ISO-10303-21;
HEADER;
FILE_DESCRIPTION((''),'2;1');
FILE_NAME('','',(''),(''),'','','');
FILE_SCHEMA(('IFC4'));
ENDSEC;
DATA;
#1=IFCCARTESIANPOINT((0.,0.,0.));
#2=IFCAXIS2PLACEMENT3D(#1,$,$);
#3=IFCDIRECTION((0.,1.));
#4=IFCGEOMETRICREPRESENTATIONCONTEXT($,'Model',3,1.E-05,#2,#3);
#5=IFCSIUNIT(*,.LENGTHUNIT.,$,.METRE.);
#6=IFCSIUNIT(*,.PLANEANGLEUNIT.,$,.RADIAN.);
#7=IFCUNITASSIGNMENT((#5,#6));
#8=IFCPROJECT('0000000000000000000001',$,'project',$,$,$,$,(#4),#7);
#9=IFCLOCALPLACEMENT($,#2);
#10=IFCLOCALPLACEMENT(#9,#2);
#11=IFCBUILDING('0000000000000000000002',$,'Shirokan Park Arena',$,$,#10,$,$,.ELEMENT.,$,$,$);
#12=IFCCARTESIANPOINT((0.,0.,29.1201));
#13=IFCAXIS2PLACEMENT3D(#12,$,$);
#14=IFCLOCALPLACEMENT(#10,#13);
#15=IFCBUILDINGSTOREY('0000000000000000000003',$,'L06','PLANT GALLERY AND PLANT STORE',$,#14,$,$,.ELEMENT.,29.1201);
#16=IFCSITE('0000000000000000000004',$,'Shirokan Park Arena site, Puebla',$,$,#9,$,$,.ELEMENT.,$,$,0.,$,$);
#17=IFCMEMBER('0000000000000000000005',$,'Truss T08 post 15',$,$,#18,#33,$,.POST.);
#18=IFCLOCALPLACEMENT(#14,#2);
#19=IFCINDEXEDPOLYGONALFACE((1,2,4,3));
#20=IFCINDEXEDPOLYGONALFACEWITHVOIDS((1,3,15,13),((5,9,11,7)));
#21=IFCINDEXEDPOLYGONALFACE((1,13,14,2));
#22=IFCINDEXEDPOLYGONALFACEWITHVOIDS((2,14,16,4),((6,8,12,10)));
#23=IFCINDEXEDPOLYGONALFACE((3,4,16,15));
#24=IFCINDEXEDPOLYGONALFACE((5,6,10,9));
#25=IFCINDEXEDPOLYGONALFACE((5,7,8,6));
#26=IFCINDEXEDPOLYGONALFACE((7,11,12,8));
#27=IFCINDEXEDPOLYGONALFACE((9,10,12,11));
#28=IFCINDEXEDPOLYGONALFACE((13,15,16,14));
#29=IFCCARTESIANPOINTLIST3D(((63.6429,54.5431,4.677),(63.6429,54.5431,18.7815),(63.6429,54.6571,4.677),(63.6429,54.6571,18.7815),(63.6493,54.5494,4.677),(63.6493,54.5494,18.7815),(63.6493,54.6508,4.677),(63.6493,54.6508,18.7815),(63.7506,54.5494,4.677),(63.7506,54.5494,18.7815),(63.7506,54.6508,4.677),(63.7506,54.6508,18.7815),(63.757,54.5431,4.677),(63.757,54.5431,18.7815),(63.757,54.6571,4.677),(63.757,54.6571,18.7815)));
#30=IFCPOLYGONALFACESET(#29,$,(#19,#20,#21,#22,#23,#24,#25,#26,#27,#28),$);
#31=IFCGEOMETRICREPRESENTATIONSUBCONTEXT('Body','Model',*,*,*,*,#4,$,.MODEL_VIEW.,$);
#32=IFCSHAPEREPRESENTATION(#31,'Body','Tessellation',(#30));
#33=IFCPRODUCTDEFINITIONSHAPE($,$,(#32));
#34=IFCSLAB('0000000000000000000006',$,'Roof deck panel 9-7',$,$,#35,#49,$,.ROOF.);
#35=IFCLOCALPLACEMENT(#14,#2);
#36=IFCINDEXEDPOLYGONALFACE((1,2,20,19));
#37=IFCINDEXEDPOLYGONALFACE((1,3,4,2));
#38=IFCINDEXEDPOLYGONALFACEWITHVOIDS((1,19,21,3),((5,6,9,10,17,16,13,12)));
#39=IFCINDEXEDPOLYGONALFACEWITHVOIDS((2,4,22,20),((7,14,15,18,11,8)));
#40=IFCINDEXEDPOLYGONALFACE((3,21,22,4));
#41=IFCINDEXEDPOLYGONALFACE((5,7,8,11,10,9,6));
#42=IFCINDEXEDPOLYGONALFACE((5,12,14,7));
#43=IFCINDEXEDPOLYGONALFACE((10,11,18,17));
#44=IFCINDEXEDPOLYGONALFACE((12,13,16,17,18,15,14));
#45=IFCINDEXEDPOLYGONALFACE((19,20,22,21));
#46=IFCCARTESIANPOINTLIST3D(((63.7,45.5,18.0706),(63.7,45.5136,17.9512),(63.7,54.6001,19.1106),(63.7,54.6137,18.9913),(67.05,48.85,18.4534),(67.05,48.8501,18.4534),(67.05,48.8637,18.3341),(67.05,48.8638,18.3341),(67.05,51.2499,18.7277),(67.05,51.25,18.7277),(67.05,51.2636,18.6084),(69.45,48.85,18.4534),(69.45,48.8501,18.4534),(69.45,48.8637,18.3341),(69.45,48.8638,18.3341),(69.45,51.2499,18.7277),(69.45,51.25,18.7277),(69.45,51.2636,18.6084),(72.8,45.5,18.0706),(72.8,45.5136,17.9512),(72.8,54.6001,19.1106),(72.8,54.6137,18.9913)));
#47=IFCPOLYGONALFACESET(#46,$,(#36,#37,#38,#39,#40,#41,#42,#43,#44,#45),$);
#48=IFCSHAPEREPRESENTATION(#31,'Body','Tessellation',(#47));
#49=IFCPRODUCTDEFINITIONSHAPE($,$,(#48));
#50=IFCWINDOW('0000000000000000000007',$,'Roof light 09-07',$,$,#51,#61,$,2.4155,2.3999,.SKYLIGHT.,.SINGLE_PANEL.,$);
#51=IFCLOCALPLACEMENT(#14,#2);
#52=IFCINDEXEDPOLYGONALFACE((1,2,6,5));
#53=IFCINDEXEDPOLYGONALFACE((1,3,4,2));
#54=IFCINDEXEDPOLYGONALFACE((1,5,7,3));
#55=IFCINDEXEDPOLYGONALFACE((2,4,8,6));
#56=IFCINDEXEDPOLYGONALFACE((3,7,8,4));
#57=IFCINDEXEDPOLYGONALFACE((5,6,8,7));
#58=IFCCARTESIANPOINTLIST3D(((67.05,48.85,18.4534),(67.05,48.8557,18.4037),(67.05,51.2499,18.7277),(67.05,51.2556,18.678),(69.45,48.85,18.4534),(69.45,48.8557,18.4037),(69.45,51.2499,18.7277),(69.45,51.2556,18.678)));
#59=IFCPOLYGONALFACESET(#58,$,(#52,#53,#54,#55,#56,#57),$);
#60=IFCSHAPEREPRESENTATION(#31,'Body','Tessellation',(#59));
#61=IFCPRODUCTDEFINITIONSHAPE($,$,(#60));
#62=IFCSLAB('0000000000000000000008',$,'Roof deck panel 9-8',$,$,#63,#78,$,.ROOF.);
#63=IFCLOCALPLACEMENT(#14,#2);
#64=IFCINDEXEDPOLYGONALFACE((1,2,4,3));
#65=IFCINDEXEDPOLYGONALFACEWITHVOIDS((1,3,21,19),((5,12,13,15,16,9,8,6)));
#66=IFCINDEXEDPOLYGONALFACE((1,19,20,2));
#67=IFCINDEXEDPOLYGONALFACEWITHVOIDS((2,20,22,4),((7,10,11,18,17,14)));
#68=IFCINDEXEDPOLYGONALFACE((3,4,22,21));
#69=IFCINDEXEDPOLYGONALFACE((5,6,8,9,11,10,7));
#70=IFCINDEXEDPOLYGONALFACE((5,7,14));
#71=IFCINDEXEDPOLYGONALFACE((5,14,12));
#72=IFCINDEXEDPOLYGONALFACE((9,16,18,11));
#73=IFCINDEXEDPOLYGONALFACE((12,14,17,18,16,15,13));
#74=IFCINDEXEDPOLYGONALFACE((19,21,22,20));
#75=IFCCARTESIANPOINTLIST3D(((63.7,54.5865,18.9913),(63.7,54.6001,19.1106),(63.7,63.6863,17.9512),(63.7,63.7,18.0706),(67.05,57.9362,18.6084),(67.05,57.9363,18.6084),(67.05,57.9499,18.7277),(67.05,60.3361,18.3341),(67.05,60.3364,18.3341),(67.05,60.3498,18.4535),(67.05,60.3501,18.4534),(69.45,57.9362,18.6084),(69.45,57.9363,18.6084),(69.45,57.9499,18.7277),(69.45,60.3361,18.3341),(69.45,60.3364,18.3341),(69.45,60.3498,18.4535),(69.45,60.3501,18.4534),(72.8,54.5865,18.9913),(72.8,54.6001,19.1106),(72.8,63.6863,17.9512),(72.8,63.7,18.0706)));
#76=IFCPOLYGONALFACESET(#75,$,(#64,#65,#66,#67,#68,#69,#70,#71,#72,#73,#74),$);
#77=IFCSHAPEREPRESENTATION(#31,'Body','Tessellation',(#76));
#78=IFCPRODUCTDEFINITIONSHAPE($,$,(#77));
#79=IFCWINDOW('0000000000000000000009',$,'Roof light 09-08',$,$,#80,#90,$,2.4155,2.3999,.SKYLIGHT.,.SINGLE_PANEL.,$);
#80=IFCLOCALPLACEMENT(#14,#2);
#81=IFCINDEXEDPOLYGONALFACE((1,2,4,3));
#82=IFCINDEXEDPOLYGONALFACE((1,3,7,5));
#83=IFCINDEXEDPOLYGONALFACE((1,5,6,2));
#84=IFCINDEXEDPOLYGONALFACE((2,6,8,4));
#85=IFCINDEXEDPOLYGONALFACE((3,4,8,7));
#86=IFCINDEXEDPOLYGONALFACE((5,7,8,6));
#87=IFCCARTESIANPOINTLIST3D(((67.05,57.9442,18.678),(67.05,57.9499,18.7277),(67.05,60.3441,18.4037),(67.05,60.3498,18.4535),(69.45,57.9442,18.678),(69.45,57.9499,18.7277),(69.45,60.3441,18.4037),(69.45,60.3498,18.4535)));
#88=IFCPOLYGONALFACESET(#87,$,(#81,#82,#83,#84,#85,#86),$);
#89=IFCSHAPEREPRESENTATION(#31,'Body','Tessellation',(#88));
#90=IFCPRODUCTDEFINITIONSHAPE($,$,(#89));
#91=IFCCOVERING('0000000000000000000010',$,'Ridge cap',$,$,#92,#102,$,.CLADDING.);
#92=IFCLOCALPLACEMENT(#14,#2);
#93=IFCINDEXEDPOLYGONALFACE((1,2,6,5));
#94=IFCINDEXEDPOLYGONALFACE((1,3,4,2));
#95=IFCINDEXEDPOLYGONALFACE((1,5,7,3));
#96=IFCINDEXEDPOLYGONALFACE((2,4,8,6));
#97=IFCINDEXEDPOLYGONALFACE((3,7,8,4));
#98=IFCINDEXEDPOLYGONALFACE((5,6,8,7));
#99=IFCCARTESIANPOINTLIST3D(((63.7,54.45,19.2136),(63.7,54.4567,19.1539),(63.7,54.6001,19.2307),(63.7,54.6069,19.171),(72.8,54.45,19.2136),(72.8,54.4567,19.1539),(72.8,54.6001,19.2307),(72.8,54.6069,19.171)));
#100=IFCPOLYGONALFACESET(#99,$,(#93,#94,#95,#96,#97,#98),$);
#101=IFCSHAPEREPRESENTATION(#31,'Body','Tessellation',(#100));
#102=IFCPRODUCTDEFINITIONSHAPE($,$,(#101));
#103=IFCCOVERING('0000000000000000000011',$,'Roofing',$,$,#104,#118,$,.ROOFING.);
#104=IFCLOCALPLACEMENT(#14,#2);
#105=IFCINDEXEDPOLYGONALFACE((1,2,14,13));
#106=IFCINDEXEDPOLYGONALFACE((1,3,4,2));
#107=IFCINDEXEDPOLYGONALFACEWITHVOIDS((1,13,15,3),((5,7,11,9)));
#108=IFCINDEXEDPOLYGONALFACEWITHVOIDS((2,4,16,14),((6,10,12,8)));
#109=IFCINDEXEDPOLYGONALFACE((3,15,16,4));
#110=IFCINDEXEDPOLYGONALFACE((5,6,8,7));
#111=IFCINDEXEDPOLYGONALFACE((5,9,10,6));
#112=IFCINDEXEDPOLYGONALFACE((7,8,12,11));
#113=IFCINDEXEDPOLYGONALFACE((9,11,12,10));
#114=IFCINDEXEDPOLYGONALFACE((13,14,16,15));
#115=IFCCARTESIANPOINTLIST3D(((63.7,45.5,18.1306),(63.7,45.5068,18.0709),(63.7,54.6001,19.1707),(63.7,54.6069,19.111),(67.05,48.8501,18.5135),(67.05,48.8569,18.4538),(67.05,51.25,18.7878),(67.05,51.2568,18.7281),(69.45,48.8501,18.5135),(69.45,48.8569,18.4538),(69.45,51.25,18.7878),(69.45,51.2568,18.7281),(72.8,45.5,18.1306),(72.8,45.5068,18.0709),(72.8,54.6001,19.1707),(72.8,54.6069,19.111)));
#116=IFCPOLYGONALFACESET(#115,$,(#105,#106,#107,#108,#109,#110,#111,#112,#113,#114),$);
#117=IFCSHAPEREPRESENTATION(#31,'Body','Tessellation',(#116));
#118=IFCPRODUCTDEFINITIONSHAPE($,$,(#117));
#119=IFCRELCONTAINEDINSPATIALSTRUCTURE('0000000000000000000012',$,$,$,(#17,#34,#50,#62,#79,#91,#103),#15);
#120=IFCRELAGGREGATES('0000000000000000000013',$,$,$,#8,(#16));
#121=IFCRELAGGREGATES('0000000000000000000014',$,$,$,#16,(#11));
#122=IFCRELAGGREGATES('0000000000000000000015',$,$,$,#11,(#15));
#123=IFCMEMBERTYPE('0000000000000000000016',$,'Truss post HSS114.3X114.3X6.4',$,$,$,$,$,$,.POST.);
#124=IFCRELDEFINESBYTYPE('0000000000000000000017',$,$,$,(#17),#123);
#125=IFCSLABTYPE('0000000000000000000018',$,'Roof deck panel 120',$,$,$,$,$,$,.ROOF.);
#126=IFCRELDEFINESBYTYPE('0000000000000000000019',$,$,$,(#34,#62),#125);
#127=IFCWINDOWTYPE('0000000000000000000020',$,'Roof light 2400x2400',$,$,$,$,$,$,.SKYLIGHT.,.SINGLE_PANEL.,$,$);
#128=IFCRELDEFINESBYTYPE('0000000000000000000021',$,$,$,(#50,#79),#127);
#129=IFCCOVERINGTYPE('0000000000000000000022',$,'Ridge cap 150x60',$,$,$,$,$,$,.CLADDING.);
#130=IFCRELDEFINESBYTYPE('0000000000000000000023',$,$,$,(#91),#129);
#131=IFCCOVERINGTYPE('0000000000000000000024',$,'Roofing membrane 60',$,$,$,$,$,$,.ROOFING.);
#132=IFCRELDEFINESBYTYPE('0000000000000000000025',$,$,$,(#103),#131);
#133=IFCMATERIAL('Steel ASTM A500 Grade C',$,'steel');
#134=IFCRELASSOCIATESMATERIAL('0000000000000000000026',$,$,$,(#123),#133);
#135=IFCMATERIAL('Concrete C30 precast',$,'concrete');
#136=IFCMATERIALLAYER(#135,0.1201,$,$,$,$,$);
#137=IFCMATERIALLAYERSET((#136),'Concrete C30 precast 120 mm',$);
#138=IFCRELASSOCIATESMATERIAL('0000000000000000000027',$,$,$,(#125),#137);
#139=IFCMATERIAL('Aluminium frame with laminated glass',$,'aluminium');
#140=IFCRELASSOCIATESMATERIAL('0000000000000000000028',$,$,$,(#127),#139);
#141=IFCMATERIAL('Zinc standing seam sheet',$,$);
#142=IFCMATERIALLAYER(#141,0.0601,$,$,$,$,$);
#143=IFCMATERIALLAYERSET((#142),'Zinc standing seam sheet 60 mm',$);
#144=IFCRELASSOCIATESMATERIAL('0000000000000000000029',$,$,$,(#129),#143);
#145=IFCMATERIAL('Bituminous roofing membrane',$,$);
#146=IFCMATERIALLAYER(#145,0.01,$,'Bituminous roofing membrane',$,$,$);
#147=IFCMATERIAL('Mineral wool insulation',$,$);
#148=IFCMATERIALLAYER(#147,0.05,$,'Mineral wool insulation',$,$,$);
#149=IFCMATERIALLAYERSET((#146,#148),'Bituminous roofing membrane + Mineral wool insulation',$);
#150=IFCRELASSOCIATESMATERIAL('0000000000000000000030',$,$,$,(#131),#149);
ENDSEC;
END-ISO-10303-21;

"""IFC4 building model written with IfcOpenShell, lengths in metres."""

from ifc_helpers import new_model, si_unit, direction, frame, origin, origin_2d, place, context, subcontext, project, spatial, polyline, rectangle, hollow_rectangle, outline, extrude, material, layer, layer_set, material_profile, profile_set, type_object, element, fill, save


model = new_model("IFC4")

# Units and contexts
model_context = context("Model", 3, precision=1e-05, world=origin(), true_north=direction((0.0, 1.0)))
body_context = subcontext(model_context, "Body", "Model", "MODEL_VIEW")
ifc_project = project(units=[si_unit("LENGTHUNIT", "METRE"), si_unit("PLANEANGLEUNIT", "RADIAN")], contexts=[model_context])

# Site, building, storey
site_placement = place(None, origin())
site = spatial("IfcSite", under=ifc_project, at=site_placement, Name="Shirokan Park Arena site, Puebla", CompositionType="ELEMENT", RefElevation=0.0)
building_placement = place(site_placement, origin())
building = spatial("IfcBuilding", under=site, at=building_placement, Name="Shirokan Park Arena", CompositionType="ELEMENT")
storey_placement = place(building_placement, frame((0.0, 0.0, 29.1201)))
storey = spatial("IfcBuildingStorey", under=building, at=storey_placement, Name="L06", Description="PLANT GALLERY AND PLANT STORE", CompositionType="ELEMENT", Elevation=29.1201)

# Member
ifc_material_1 = material(Name="Steel ASTM A500 Grade C", Category="steel")
ifc_material_profile_1 = material_profile(ifc_material_1, hollow_rectangle(XDim=0.114, YDim=0.114, WallThickness=0.0063, at=origin_2d()), Name="HSS114.3X114.3X6.4")
ifc_profile_set_1 = profile_set([ifc_material_profile_1], Name="Steel ASTM A500 Grade C")
member_type_1 = type_object("IfcMemberType", Name="Truss post HSS114.3X114.3X6.4", PredefinedType="POST", material=ifc_profile_set_1)
member_1_placement = place(storey_placement, frame((63.7, 54.6001, 4.677), z_axis=(0.0, 0.0, 1.0), x_axis=(1.0, 0.0, 0.0)))
element("IfcMember", 1, at=member_1_placement, inside=storey, type_object=member_type_1, Name="Truss T08 post 15", PredefinedType="POST", context=body_context, shape_type="SweptSolid", body=[
    extrude(hollow_rectangle(XDim=0.114, YDim=0.114, WallThickness=0.0063, at=origin_2d()), origin(), (0.0, 0.0, 1.0), 14.1045),
])

# Slabs, openings, windows
ifc_material_2 = material(Name="Concrete C30 precast", Category="concrete")
ifc_layer_1 = layer(ifc_material_2, 0.1201)
ifc_layer_set_1 = layer_set([ifc_layer_1], Name="Concrete C30 precast 120 mm")
slab_type = type_object("IfcSlabType", Name="Roof deck panel 120", PredefinedType="ROOF", material=ifc_layer_set_1)
slab_1_placement = place(storey_placement, frame((63.7, 45.5, 18.0706), z_axis=(0.0, -0.11355, 0.993532), x_axis=(1.0, 0.0, 0.0)))
slab_1 = element("IfcSlab", 2, at=slab_1_placement, inside=storey, type_object=slab_type, Name="Roof deck panel 9-7", PredefinedType="ROOF", context=body_context, shape_type="SweptSolid", body=[
    extrude(outline(polyline([(0.0, 0.0), (9.1001, 0.0), (9.1001, 9.1593), (0.0, 9.1593), (0.0, 0.0)]), holes=[polyline([(3.3501, 3.3719), (5.75, 3.3719), (5.75, 5.7874), (3.3501, 5.7874), (3.3501, 3.3719)])]), origin(), (0.0, 0.0, -1.0), 0.1201),
])
opening_1_placement = place(slab_1_placement, frame((4.55, 4.5796, 0.01)))
opening_1 = element("IfcOpeningElement", 3, at=opening_1_placement, cuts=slab_1, PredefinedType="OPENING", context=body_context, shape_type="SweptSolid", body=[
    extrude(rectangle(XDim=2.3999, YDim=2.4155, at=origin_2d()), origin(), (0.0, 0.0, -1.0), 0.1399),
])
ifc_material_3 = material(Name="Aluminium frame with laminated glass", Category="aluminium")
window_type = type_object("IfcWindowType", Name="Roof light 2400x2400", PartitioningType="SINGLE_PANEL", PredefinedType="SKYLIGHT", material=ifc_material_3)
window_1_placement = place(opening_1_placement, frame((0.0, 0.0, -0.0601)))
window_1 = element("IfcWindow", 4, at=window_1_placement, inside=storey, type_object=window_type, Name="Roof light 09-07", OverallHeight=2.4155, OverallWidth=2.3999, PartitioningType="SINGLE_PANEL", PredefinedType="SKYLIGHT", context=body_context, shape_type="SweptSolid", body=[
    extrude(rectangle(XDim=2.3999, YDim=2.4155, at=origin_2d()), origin(), (0.0, 0.0, 1.0), 0.05),
])
fill(opening_1, window_1)
slab_2_placement = place(storey_placement, frame((63.7, 54.6001, 19.1106), z_axis=(0.0, 0.113553, 0.993532), x_axis=(1.0, 0.0, 0.0)))
slab_2 = element("IfcSlab", 5, at=slab_2_placement, inside=storey, type_object=slab_type, Name="Roof deck panel 9-8", PredefinedType="ROOF", context=body_context, shape_type="SweptSolid", body=[
    extrude(outline(polyline([(0.0, 0.0), (9.1001, 0.0), (9.1001, 9.1591), (0.0, 9.1591), (0.0, 0.0)]), holes=[polyline([(3.3501, 3.3717), (5.75, 3.3717), (5.75, 5.7874), (3.3501, 5.7874), (3.3501, 3.3717)])]), origin(), (0.0, 0.0, -1.0), 0.1201),
])
opening_2_placement = place(slab_2_placement, frame((4.55, 4.5793, 0.01)))
opening_2 = element("IfcOpeningElement", 6, at=opening_2_placement, cuts=slab_2, PredefinedType="OPENING", context=body_context, shape_type="SweptSolid", body=[
    extrude(rectangle(XDim=2.3999, YDim=2.4155, at=origin_2d()), origin(), (0.0, 0.0, -1.0), 0.1399),
])
window_2_placement = place(opening_2_placement, frame((0.0, 0.0, -0.0601)))
window_2 = element("IfcWindow", 7, at=window_2_placement, inside=storey, type_object=window_type, Name="Roof light 09-08", OverallHeight=2.4155, OverallWidth=2.3999, PartitioningType="SINGLE_PANEL", PredefinedType="SKYLIGHT", context=body_context, shape_type="SweptSolid", body=[
    extrude(rectangle(XDim=2.3999, YDim=2.4155, at=origin_2d()), origin(), (0.0, 0.0, 1.0), 0.05),
])
fill(opening_2, window_2)

# Coverings
ifc_material_4 = material(Name="Zinc standing seam sheet")
ifc_layer_2 = layer(ifc_material_4, 0.0601)
ifc_layer_set_2 = layer_set([ifc_layer_2], Name="Zinc standing seam sheet 60 mm")
covering_type_1 = type_object("IfcCoveringType", Name="Ridge cap 150x60", PredefinedType="CLADDING", material=ifc_layer_set_2)
covering_1_placement = place(storey_placement, frame((63.7, 54.45, 19.2136), z_axis=(0.0, -0.113091, 0.993585), x_axis=(1.0, 0.0, 0.0)))
element("IfcCovering", 8, at=covering_1_placement, inside=storey, type_object=covering_type_1, Name="Ridge cap", PredefinedType="CLADDING", context=body_context, shape_type="SweptSolid", body=[
    extrude(outline(polyline([(0.0, 0.0), (9.1001, 0.0), (9.1001, 0.1511), (0.0, 0.1511), (0.0, 0.0)])), origin(), (0.0, 0.0, -1.0), 0.0601),
])
ifc_material_5 = material(Name="Bituminous roofing membrane")
ifc_layer_3 = layer(ifc_material_5, 0.01, Name="Bituminous roofing membrane")
ifc_material_6 = material(Name="Mineral wool insulation")
ifc_layer_4 = layer(ifc_material_6, 0.05, Name="Mineral wool insulation")
ifc_layer_set_3 = layer_set([ifc_layer_3, ifc_layer_4], Name="Bituminous roofing membrane + Mineral wool insulation")
covering_type_2 = type_object("IfcCoveringType", Name="Roofing membrane 60", PredefinedType="ROOFING", material=ifc_layer_set_3)
covering_2_placement = place(storey_placement, frame((63.7, 45.5, 18.1306), z_axis=(0.0, -0.11355, 0.993532), x_axis=(1.0, 0.0, 0.0)))
element("IfcCovering", 9, at=covering_2_placement, inside=storey, type_object=covering_type_2, Name="Roofing", PredefinedType="ROOFING", context=body_context, shape_type="SweptSolid", body=[
    extrude(outline(polyline([(0.0, 0.0), (9.1001, 0.0), (9.1001, 9.1593), (0.0, 9.1593), (0.0, 0.0)]), holes=[polyline([(5.75, 3.3719), (5.75, 5.7874), (3.3501, 5.7874), (3.3501, 3.3719), (5.75, 3.3719)])]), origin(), (0.0, 0.0, -1.0), 0.0601),
])

save(model, "model.ifc")
